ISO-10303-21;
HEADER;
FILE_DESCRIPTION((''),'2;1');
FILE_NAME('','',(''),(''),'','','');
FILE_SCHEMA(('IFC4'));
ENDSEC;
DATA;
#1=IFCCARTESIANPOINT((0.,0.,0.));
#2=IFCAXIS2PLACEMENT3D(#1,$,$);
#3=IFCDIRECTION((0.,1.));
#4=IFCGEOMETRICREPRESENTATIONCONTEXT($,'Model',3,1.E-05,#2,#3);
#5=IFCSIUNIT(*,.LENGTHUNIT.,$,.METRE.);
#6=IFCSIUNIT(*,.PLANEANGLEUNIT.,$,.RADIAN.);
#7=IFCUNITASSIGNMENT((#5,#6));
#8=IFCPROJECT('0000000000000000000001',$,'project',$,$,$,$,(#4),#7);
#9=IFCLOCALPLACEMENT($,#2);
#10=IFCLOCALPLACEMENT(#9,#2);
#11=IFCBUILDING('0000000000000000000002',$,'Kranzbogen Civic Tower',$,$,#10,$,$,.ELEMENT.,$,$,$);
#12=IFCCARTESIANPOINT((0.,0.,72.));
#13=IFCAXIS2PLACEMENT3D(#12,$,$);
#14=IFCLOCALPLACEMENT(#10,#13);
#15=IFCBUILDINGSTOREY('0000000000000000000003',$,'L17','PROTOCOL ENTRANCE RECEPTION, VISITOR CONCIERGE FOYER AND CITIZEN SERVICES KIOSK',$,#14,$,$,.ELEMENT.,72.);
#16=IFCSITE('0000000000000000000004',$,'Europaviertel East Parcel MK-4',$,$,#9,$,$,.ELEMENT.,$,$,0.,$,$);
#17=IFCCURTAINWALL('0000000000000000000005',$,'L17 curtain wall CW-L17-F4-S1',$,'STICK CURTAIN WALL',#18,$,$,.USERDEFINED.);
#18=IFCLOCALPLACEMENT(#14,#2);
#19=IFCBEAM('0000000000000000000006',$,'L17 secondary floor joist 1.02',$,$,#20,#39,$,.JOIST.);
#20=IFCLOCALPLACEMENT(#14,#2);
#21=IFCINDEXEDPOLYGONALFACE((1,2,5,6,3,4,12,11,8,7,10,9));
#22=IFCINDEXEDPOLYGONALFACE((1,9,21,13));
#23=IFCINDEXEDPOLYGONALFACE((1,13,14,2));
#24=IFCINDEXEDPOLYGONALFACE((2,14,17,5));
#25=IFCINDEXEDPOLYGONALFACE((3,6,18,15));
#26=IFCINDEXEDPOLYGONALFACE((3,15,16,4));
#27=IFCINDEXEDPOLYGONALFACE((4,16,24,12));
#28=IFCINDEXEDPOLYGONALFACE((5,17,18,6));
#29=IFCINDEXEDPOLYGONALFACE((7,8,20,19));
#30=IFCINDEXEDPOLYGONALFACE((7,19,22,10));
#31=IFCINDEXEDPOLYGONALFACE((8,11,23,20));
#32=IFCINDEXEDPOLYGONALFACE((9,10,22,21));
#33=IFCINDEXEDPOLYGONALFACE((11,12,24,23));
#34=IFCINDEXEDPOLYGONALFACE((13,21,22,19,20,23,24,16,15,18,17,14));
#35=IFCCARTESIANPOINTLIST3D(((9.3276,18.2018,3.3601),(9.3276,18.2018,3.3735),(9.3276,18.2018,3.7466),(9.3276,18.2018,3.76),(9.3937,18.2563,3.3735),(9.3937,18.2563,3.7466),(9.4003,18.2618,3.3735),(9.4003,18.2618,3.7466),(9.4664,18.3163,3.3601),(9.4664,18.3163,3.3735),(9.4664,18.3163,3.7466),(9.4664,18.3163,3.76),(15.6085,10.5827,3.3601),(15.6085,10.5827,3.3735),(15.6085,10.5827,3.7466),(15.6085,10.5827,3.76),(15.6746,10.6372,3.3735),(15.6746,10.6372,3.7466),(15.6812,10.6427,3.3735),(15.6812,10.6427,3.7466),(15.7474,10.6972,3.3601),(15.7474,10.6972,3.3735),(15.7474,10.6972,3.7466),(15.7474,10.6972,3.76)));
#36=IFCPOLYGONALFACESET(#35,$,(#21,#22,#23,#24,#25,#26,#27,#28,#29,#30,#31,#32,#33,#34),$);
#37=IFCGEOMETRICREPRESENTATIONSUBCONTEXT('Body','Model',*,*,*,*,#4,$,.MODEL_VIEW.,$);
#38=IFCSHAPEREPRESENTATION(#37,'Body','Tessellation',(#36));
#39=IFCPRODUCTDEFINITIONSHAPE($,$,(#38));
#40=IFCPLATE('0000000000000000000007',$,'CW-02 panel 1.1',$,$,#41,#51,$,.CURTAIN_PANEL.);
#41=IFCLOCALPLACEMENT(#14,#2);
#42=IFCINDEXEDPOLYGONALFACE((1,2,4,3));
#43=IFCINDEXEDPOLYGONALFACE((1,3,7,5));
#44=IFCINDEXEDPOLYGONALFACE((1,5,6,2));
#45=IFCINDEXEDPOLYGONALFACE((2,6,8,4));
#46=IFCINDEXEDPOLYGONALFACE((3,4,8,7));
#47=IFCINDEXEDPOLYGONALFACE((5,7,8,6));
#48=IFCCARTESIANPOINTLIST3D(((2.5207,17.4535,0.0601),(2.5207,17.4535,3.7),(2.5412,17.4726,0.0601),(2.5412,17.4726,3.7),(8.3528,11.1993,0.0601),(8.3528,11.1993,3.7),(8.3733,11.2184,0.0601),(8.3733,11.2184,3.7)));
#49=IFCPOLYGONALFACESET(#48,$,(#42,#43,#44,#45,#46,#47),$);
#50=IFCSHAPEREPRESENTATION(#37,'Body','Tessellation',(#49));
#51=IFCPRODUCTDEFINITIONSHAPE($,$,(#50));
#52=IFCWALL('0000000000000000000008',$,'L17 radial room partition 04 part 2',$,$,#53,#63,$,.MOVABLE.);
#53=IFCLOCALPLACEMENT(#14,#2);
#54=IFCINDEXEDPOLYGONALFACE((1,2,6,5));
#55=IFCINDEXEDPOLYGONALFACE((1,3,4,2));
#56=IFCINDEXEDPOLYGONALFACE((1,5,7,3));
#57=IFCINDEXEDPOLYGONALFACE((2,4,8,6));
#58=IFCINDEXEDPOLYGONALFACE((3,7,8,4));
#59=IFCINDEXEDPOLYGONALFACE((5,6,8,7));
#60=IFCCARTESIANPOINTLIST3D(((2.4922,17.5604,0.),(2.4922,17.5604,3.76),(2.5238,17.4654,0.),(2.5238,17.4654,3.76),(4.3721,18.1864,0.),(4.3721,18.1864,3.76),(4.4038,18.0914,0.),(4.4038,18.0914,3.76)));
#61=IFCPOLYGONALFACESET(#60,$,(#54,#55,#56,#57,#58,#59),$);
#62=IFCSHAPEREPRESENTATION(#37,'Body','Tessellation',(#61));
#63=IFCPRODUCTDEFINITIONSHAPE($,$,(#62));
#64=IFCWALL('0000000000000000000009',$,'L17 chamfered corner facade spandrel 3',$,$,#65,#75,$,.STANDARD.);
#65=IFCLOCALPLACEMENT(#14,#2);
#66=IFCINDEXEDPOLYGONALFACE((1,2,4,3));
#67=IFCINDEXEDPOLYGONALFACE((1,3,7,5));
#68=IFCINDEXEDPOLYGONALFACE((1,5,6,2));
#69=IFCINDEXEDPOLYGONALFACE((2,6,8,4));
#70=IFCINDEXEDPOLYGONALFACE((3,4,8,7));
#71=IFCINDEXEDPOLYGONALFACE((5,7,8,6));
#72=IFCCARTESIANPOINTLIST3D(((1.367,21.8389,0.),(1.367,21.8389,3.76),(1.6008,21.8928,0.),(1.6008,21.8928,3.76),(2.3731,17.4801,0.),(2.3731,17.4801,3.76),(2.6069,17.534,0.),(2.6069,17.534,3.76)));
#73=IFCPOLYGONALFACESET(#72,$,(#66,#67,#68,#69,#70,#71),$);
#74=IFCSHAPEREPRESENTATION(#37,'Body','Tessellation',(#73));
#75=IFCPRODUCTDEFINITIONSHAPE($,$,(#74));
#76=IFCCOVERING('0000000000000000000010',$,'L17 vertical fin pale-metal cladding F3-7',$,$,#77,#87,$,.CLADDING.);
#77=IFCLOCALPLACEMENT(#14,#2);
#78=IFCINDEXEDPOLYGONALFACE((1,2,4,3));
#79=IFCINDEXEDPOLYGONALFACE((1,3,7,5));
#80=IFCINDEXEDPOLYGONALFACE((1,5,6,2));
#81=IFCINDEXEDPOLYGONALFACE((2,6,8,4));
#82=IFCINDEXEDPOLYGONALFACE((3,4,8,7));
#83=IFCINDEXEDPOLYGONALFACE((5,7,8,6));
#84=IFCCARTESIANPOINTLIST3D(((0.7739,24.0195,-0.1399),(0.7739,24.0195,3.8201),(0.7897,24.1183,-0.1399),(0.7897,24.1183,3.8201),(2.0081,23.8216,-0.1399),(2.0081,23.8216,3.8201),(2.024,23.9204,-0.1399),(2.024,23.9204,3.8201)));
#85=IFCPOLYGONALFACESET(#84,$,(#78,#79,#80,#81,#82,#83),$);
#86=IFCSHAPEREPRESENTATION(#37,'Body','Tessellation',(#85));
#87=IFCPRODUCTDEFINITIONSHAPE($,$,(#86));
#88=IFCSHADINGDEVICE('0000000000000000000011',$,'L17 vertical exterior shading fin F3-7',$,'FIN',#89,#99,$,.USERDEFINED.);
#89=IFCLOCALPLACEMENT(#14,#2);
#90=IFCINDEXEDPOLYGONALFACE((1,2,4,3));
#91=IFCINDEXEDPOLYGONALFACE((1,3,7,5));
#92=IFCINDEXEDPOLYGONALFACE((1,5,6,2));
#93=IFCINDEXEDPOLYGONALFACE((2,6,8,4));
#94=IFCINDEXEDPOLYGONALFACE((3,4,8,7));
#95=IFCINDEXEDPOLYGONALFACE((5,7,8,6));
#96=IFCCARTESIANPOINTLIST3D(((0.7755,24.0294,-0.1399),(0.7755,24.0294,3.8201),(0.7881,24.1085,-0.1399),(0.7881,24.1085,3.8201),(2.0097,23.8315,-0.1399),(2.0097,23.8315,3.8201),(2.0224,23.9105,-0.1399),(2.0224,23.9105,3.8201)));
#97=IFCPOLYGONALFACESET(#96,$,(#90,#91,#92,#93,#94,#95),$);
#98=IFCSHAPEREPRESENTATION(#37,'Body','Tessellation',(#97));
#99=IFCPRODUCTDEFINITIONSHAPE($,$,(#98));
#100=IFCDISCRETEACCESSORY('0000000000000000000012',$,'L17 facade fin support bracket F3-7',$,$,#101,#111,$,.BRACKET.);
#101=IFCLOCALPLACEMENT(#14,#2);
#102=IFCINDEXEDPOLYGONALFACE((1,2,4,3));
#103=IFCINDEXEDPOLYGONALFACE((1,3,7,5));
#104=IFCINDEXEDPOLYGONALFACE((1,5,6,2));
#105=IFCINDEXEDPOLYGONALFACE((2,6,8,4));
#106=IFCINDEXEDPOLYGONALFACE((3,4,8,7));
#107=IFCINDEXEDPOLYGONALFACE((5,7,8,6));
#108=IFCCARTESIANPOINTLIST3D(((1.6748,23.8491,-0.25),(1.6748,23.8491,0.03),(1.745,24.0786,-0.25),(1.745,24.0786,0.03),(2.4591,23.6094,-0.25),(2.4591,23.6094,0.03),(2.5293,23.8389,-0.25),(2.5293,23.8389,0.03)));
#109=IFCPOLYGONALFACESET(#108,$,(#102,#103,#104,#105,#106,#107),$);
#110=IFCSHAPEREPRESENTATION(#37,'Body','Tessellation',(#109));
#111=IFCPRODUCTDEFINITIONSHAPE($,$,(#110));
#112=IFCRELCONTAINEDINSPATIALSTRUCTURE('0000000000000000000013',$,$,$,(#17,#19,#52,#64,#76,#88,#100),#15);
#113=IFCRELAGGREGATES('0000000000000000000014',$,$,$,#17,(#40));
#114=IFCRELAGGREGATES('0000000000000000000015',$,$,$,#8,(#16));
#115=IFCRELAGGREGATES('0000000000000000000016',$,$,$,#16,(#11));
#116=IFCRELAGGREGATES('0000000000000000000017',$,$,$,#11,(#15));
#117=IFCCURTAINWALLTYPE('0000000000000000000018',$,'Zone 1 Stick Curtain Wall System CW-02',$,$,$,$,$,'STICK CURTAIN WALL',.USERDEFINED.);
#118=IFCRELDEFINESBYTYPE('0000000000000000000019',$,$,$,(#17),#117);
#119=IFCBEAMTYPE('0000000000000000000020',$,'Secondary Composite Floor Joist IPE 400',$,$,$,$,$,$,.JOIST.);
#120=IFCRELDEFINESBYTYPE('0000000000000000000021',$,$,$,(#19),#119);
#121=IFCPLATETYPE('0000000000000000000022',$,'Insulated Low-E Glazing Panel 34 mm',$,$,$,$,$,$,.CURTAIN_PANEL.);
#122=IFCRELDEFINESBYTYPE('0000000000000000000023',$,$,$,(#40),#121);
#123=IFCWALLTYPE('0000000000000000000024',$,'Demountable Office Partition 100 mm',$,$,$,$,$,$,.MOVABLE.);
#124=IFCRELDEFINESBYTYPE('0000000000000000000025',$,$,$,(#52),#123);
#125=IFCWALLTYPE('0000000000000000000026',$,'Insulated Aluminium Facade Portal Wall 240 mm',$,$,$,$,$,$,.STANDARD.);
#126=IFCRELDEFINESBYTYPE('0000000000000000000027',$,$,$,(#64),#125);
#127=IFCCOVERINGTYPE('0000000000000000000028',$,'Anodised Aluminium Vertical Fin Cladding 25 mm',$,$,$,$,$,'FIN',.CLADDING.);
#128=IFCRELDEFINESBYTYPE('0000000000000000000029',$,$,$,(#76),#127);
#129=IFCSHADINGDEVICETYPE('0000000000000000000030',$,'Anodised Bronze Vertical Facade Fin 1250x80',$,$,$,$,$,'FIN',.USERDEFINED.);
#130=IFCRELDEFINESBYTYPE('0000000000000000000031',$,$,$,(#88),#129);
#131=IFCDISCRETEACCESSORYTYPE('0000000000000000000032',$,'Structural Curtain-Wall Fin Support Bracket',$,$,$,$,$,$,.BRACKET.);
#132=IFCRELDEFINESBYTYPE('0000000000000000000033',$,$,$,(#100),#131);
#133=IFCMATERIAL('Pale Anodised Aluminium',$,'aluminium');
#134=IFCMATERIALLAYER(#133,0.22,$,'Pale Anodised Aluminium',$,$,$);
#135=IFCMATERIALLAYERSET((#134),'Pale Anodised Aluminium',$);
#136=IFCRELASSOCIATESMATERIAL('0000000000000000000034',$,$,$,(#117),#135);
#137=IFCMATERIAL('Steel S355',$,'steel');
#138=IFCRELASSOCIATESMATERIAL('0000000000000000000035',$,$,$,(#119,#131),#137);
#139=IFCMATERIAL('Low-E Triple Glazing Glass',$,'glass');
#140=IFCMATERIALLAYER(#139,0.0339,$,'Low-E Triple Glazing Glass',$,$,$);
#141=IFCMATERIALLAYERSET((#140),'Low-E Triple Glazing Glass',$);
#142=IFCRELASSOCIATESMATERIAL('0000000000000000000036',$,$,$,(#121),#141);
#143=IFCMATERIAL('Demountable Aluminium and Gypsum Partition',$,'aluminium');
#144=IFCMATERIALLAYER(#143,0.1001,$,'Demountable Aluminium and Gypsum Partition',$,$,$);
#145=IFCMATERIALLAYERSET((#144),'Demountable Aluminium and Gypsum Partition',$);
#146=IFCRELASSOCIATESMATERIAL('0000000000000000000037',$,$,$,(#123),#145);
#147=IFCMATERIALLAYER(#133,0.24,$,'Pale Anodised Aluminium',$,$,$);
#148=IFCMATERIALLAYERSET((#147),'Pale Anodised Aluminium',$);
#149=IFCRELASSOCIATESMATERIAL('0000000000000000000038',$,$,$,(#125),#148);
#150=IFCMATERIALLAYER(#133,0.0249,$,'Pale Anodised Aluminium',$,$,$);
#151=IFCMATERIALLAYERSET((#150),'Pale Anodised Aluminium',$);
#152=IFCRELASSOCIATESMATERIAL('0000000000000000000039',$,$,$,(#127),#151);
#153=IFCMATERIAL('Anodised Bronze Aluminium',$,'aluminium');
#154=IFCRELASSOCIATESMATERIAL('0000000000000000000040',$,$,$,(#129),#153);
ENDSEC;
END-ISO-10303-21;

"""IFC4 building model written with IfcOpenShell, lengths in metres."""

from ifc_helpers import new_model, si_unit, direction, frame, frame_2d, origin, origin_2d, place, context, subcontext, project, spatial, rectangle, i_section, extrude, material, layer, layer_set, material_profile, profile_set, type_object, element, aggregate, save


model = new_model("IFC4")

# Units and contexts
model_context = context("Model", 3, precision=1e-05, world=origin(), true_north=direction((0.0, 1.0)))
body_context = subcontext(model_context, "Body", "Model", "MODEL_VIEW")
ifc_project = project(units=[si_unit("LENGTHUNIT", "METRE"), si_unit("PLANEANGLEUNIT", "RADIAN")], contexts=[model_context])

# Site, building, storey
site_placement = place(None, origin())
site = spatial("IfcSite", under=ifc_project, at=site_placement, Name="Europaviertel East Parcel MK-4", CompositionType="ELEMENT", RefElevation=0.0)
building_placement = place(site_placement, origin())
building = spatial("IfcBuilding", under=site, at=building_placement, Name="Kranzbogen Civic Tower", CompositionType="ELEMENT")
storey_placement = place(building_placement, frame((0.0, 0.0, 72.0)))
storey = spatial("IfcBuildingStorey", under=building, at=storey_placement, Name="L17", Description="PROTOCOL ENTRANCE RECEPTION, VISITOR CONCIERGE FOYER AND CITIZEN SERVICES KIOSK", CompositionType="ELEMENT", Elevation=72.0)

# Shared definitions
ifc_material_1 = material(Name="Steel S355", Category="steel")

# Shared definitions
ifc_material_2 = material(Name="Pale Anodised Aluminium", Category="aluminium")
ifc_layer_1 = layer(ifc_material_2, 0.22, Name="Pale Anodised Aluminium")
ifc_layer_set_1 = layer_set([ifc_layer_1], Name="Pale Anodised Aluminium")
curtain_wall_type = type_object("IfcCurtainWallType", Name="Zone 1 Stick Curtain Wall System CW-02", ElementType="STICK CURTAIN WALL", PredefinedType="USERDEFINED", material=ifc_layer_set_1)

# Curtain wall
curtain_wall_1_placement = place(storey_placement, origin())
curtain_wall_1 = element("IfcCurtainWall", 1, at=curtain_wall_1_placement, inside=storey, type_object=curtain_wall_type, Name="L17 curtain wall CW-L17-F4-S1", ObjectType="STICK CURTAIN WALL", PredefinedType="USERDEFINED")

# Beam
ifc_material_profile_1 = material_profile(ifc_material_1, i_section(OverallWidth=0.1799, OverallDepth=0.3999, WebThickness=0.0085, FlangeThickness=0.0134, at=origin_2d()), Name="IPE 400")
ifc_profile_set_1 = profile_set([ifc_material_profile_1], Name="Steel S355")
beam_type_1 = type_object("IfcBeamType", Name="Secondary Composite Floor Joist IPE 400", PredefinedType="JOIST", material=ifc_profile_set_1)
beam_1_placement = place(storey_placement, frame((9.397, 18.259, 3.5601), z_axis=(0.636095, -0.771611, 0.0), x_axis=(0.771611, 0.636095, 0.0)))
element("IfcBeam", 2, at=beam_1_placement, inside=storey, type_object=beam_type_1, Name="L17 secondary floor joist 1.02", PredefinedType="JOIST", context=body_context, shape_type="SweptSolid", body=[
    extrude(i_section(OverallWidth=0.1799, OverallDepth=0.3999, WebThickness=0.0085, FlangeThickness=0.0134, at=origin_2d()), origin(), (0.0, 0.0, 1.0), 9.8743),
])

# Plate
ifc_material_3 = material(Name="Low-E Triple Glazing Glass", Category="glass")
ifc_layer_2 = layer(ifc_material_3, 0.0339, Name="Low-E Triple Glazing Glass")
ifc_layer_set_2 = layer_set([ifc_layer_2], Name="Low-E Triple Glazing Glass")
plate_type = type_object("IfcPlateType", Name="Insulated Low-E Glazing Panel 34 mm", PredefinedType="CURTAIN_PANEL", material=ifc_layer_set_2)
plate_placement = place(storey_placement, frame((5.447, 14.3359, 0.0601), z_axis=(0.0, 0.0, 1.0), x_axis=(0.681998, -0.731354, 0.0)))
plate = element("IfcPlate", 3, at=plate_placement, type_object=plate_type, Name="CW-02 panel 1.1", PredefinedType="CURTAIN_PANEL", context=body_context, shape_type="SweptSolid", body=[
    extrude(rectangle(XDim=8.5515, YDim=0.0281, at=origin_2d()), origin(), (0.0, 0.0, 1.0), 3.6399),
])
aggregate(curtain_wall_1, [plate])

# Walls
ifc_material_4 = material(Name="Demountable Aluminium and Gypsum Partition", Category="aluminium")
ifc_layer_3 = layer(ifc_material_4, 0.1001, Name="Demountable Aluminium and Gypsum Partition")
ifc_layer_set_3 = layer_set([ifc_layer_3], Name="Demountable Aluminium and Gypsum Partition")
wall_type_1 = type_object("IfcWallType", Name="Demountable Office Partition 100 mm", PredefinedType="MOVABLE", material=ifc_layer_set_3)
wall_1_placement = place(storey_placement, frame((4.3879, 18.1389, 0.0), z_axis=(0.0, 0.0, 1.0), x_axis=(-0.948782, -0.315932, 0.0)))
element("IfcWall", 4, at=wall_1_placement, inside=storey, type_object=wall_type_1, Name="L17 radial room partition 04 part 2", PredefinedType="MOVABLE", context=body_context, shape_type="SweptSolid", body=[
    extrude(rectangle(XDim=1.9814, YDim=0.1001, at=frame_2d((0.9907, 0.0))), origin(), (0.0, 0.0, 1.0), 3.76),
])
ifc_layer_4 = layer(ifc_material_2, 0.24, Name="Pale Anodised Aluminium")
ifc_layer_set_4 = layer_set([ifc_layer_4], Name="Pale Anodised Aluminium")
wall_type_2 = type_object("IfcWallType", Name="Insulated Aluminium Facade Portal Wall 240 mm", PredefinedType="STANDARD", material=ifc_layer_set_4)
wall_2_placement = place(storey_placement, frame((1.4839, 21.866, 0.0), z_axis=(0.0, 0.0, 1.0), x_axis=(0.224903, -0.974381, 0.0)))
element("IfcWall", 5, at=wall_2_placement, inside=storey, type_object=wall_type_2, Name="L17 chamfered corner facade spandrel 3", PredefinedType="STANDARD", context=body_context, shape_type="SweptSolid", body=[
    extrude(rectangle(XDim=4.4734, YDim=0.24, at=frame_2d((2.2368, 0.0))), origin(), (0.0, 0.0, 1.0), 3.76),
])

# Covering
ifc_layer_5 = layer(ifc_material_2, 0.0249, Name="Pale Anodised Aluminium")
ifc_layer_set_5 = layer_set([ifc_layer_5], Name="Pale Anodised Aluminium")
covering_type = type_object("IfcCoveringType", Name="Anodised Aluminium Vertical Fin Cladding 25 mm", ElementType="FIN", PredefinedType="CLADDING", material=ifc_layer_set_5)
covering_placement = place(storey_placement, frame((1.3989, 23.97, -0.1399), z_axis=(0.0, 0.0, 1.0), x_axis=(-0.987386, 0.15833, 0.0)))
element("IfcCovering", 6, at=covering_placement, inside=storey, type_object=covering_type, Name="L17 vertical fin pale-metal cladding F3-7", PredefinedType="CLADDING", context=body_context, shape_type="SweptSolid", body=[
    extrude(rectangle(XDim=1.25, YDim=0.1001, at=origin_2d()), origin(), (0.0, 0.0, 1.0), 3.96),
])

# Shading device
ifc_material_5 = material(Name="Anodised Bronze Aluminium", Category="aluminium")
shading_device_type = type_object("IfcShadingDeviceType", Name="Anodised Bronze Vertical Facade Fin 1250x80", ElementType="FIN", PredefinedType="USERDEFINED", material=ifc_material_5)
shading_device_placement = place(storey_placement, frame((1.3989, 23.97, -0.1399), z_axis=(0.0, 0.0, 1.0), x_axis=(-0.987386, 0.15833, 0.0)))
element("IfcShadingDevice", 7, at=shading_device_placement, inside=storey, type_object=shading_device_type, Name="L17 vertical exterior shading fin F3-7", ObjectType="FIN", PredefinedType="USERDEFINED", context=body_context, shape_type="SweptSolid", body=[
    extrude(rectangle(XDim=1.25, YDim=0.0801, at=origin_2d()), origin(), (0.0, 0.0, 1.0), 3.96),
])

# Discrete accessory
discrete_accessory_type = type_object("IfcDiscreteAccessoryType", Name="Structural Curtain-Wall Fin Support Bracket", PredefinedType="BRACKET", material=ifc_material_1)
discrete_accessory_placement = place(storey_placement, frame((2.1021, 23.844, -0.25), z_axis=(0.0, 0.0, 1.0), x_axis=(-0.956305, 0.292372, 0.0)))
element("IfcDiscreteAccessory", 8, at=discrete_accessory_placement, inside=storey, type_object=discrete_accessory_type, Name="L17 facade fin support bracket F3-7", PredefinedType="BRACKET", context=body_context, shape_type="SweptSolid", body=[
    extrude(rectangle(XDim=0.8201, YDim=0.24, at=origin_2d()), origin(), (0.0, 0.0, 1.0), 0.28),
])

save(model, "model.ifc")
